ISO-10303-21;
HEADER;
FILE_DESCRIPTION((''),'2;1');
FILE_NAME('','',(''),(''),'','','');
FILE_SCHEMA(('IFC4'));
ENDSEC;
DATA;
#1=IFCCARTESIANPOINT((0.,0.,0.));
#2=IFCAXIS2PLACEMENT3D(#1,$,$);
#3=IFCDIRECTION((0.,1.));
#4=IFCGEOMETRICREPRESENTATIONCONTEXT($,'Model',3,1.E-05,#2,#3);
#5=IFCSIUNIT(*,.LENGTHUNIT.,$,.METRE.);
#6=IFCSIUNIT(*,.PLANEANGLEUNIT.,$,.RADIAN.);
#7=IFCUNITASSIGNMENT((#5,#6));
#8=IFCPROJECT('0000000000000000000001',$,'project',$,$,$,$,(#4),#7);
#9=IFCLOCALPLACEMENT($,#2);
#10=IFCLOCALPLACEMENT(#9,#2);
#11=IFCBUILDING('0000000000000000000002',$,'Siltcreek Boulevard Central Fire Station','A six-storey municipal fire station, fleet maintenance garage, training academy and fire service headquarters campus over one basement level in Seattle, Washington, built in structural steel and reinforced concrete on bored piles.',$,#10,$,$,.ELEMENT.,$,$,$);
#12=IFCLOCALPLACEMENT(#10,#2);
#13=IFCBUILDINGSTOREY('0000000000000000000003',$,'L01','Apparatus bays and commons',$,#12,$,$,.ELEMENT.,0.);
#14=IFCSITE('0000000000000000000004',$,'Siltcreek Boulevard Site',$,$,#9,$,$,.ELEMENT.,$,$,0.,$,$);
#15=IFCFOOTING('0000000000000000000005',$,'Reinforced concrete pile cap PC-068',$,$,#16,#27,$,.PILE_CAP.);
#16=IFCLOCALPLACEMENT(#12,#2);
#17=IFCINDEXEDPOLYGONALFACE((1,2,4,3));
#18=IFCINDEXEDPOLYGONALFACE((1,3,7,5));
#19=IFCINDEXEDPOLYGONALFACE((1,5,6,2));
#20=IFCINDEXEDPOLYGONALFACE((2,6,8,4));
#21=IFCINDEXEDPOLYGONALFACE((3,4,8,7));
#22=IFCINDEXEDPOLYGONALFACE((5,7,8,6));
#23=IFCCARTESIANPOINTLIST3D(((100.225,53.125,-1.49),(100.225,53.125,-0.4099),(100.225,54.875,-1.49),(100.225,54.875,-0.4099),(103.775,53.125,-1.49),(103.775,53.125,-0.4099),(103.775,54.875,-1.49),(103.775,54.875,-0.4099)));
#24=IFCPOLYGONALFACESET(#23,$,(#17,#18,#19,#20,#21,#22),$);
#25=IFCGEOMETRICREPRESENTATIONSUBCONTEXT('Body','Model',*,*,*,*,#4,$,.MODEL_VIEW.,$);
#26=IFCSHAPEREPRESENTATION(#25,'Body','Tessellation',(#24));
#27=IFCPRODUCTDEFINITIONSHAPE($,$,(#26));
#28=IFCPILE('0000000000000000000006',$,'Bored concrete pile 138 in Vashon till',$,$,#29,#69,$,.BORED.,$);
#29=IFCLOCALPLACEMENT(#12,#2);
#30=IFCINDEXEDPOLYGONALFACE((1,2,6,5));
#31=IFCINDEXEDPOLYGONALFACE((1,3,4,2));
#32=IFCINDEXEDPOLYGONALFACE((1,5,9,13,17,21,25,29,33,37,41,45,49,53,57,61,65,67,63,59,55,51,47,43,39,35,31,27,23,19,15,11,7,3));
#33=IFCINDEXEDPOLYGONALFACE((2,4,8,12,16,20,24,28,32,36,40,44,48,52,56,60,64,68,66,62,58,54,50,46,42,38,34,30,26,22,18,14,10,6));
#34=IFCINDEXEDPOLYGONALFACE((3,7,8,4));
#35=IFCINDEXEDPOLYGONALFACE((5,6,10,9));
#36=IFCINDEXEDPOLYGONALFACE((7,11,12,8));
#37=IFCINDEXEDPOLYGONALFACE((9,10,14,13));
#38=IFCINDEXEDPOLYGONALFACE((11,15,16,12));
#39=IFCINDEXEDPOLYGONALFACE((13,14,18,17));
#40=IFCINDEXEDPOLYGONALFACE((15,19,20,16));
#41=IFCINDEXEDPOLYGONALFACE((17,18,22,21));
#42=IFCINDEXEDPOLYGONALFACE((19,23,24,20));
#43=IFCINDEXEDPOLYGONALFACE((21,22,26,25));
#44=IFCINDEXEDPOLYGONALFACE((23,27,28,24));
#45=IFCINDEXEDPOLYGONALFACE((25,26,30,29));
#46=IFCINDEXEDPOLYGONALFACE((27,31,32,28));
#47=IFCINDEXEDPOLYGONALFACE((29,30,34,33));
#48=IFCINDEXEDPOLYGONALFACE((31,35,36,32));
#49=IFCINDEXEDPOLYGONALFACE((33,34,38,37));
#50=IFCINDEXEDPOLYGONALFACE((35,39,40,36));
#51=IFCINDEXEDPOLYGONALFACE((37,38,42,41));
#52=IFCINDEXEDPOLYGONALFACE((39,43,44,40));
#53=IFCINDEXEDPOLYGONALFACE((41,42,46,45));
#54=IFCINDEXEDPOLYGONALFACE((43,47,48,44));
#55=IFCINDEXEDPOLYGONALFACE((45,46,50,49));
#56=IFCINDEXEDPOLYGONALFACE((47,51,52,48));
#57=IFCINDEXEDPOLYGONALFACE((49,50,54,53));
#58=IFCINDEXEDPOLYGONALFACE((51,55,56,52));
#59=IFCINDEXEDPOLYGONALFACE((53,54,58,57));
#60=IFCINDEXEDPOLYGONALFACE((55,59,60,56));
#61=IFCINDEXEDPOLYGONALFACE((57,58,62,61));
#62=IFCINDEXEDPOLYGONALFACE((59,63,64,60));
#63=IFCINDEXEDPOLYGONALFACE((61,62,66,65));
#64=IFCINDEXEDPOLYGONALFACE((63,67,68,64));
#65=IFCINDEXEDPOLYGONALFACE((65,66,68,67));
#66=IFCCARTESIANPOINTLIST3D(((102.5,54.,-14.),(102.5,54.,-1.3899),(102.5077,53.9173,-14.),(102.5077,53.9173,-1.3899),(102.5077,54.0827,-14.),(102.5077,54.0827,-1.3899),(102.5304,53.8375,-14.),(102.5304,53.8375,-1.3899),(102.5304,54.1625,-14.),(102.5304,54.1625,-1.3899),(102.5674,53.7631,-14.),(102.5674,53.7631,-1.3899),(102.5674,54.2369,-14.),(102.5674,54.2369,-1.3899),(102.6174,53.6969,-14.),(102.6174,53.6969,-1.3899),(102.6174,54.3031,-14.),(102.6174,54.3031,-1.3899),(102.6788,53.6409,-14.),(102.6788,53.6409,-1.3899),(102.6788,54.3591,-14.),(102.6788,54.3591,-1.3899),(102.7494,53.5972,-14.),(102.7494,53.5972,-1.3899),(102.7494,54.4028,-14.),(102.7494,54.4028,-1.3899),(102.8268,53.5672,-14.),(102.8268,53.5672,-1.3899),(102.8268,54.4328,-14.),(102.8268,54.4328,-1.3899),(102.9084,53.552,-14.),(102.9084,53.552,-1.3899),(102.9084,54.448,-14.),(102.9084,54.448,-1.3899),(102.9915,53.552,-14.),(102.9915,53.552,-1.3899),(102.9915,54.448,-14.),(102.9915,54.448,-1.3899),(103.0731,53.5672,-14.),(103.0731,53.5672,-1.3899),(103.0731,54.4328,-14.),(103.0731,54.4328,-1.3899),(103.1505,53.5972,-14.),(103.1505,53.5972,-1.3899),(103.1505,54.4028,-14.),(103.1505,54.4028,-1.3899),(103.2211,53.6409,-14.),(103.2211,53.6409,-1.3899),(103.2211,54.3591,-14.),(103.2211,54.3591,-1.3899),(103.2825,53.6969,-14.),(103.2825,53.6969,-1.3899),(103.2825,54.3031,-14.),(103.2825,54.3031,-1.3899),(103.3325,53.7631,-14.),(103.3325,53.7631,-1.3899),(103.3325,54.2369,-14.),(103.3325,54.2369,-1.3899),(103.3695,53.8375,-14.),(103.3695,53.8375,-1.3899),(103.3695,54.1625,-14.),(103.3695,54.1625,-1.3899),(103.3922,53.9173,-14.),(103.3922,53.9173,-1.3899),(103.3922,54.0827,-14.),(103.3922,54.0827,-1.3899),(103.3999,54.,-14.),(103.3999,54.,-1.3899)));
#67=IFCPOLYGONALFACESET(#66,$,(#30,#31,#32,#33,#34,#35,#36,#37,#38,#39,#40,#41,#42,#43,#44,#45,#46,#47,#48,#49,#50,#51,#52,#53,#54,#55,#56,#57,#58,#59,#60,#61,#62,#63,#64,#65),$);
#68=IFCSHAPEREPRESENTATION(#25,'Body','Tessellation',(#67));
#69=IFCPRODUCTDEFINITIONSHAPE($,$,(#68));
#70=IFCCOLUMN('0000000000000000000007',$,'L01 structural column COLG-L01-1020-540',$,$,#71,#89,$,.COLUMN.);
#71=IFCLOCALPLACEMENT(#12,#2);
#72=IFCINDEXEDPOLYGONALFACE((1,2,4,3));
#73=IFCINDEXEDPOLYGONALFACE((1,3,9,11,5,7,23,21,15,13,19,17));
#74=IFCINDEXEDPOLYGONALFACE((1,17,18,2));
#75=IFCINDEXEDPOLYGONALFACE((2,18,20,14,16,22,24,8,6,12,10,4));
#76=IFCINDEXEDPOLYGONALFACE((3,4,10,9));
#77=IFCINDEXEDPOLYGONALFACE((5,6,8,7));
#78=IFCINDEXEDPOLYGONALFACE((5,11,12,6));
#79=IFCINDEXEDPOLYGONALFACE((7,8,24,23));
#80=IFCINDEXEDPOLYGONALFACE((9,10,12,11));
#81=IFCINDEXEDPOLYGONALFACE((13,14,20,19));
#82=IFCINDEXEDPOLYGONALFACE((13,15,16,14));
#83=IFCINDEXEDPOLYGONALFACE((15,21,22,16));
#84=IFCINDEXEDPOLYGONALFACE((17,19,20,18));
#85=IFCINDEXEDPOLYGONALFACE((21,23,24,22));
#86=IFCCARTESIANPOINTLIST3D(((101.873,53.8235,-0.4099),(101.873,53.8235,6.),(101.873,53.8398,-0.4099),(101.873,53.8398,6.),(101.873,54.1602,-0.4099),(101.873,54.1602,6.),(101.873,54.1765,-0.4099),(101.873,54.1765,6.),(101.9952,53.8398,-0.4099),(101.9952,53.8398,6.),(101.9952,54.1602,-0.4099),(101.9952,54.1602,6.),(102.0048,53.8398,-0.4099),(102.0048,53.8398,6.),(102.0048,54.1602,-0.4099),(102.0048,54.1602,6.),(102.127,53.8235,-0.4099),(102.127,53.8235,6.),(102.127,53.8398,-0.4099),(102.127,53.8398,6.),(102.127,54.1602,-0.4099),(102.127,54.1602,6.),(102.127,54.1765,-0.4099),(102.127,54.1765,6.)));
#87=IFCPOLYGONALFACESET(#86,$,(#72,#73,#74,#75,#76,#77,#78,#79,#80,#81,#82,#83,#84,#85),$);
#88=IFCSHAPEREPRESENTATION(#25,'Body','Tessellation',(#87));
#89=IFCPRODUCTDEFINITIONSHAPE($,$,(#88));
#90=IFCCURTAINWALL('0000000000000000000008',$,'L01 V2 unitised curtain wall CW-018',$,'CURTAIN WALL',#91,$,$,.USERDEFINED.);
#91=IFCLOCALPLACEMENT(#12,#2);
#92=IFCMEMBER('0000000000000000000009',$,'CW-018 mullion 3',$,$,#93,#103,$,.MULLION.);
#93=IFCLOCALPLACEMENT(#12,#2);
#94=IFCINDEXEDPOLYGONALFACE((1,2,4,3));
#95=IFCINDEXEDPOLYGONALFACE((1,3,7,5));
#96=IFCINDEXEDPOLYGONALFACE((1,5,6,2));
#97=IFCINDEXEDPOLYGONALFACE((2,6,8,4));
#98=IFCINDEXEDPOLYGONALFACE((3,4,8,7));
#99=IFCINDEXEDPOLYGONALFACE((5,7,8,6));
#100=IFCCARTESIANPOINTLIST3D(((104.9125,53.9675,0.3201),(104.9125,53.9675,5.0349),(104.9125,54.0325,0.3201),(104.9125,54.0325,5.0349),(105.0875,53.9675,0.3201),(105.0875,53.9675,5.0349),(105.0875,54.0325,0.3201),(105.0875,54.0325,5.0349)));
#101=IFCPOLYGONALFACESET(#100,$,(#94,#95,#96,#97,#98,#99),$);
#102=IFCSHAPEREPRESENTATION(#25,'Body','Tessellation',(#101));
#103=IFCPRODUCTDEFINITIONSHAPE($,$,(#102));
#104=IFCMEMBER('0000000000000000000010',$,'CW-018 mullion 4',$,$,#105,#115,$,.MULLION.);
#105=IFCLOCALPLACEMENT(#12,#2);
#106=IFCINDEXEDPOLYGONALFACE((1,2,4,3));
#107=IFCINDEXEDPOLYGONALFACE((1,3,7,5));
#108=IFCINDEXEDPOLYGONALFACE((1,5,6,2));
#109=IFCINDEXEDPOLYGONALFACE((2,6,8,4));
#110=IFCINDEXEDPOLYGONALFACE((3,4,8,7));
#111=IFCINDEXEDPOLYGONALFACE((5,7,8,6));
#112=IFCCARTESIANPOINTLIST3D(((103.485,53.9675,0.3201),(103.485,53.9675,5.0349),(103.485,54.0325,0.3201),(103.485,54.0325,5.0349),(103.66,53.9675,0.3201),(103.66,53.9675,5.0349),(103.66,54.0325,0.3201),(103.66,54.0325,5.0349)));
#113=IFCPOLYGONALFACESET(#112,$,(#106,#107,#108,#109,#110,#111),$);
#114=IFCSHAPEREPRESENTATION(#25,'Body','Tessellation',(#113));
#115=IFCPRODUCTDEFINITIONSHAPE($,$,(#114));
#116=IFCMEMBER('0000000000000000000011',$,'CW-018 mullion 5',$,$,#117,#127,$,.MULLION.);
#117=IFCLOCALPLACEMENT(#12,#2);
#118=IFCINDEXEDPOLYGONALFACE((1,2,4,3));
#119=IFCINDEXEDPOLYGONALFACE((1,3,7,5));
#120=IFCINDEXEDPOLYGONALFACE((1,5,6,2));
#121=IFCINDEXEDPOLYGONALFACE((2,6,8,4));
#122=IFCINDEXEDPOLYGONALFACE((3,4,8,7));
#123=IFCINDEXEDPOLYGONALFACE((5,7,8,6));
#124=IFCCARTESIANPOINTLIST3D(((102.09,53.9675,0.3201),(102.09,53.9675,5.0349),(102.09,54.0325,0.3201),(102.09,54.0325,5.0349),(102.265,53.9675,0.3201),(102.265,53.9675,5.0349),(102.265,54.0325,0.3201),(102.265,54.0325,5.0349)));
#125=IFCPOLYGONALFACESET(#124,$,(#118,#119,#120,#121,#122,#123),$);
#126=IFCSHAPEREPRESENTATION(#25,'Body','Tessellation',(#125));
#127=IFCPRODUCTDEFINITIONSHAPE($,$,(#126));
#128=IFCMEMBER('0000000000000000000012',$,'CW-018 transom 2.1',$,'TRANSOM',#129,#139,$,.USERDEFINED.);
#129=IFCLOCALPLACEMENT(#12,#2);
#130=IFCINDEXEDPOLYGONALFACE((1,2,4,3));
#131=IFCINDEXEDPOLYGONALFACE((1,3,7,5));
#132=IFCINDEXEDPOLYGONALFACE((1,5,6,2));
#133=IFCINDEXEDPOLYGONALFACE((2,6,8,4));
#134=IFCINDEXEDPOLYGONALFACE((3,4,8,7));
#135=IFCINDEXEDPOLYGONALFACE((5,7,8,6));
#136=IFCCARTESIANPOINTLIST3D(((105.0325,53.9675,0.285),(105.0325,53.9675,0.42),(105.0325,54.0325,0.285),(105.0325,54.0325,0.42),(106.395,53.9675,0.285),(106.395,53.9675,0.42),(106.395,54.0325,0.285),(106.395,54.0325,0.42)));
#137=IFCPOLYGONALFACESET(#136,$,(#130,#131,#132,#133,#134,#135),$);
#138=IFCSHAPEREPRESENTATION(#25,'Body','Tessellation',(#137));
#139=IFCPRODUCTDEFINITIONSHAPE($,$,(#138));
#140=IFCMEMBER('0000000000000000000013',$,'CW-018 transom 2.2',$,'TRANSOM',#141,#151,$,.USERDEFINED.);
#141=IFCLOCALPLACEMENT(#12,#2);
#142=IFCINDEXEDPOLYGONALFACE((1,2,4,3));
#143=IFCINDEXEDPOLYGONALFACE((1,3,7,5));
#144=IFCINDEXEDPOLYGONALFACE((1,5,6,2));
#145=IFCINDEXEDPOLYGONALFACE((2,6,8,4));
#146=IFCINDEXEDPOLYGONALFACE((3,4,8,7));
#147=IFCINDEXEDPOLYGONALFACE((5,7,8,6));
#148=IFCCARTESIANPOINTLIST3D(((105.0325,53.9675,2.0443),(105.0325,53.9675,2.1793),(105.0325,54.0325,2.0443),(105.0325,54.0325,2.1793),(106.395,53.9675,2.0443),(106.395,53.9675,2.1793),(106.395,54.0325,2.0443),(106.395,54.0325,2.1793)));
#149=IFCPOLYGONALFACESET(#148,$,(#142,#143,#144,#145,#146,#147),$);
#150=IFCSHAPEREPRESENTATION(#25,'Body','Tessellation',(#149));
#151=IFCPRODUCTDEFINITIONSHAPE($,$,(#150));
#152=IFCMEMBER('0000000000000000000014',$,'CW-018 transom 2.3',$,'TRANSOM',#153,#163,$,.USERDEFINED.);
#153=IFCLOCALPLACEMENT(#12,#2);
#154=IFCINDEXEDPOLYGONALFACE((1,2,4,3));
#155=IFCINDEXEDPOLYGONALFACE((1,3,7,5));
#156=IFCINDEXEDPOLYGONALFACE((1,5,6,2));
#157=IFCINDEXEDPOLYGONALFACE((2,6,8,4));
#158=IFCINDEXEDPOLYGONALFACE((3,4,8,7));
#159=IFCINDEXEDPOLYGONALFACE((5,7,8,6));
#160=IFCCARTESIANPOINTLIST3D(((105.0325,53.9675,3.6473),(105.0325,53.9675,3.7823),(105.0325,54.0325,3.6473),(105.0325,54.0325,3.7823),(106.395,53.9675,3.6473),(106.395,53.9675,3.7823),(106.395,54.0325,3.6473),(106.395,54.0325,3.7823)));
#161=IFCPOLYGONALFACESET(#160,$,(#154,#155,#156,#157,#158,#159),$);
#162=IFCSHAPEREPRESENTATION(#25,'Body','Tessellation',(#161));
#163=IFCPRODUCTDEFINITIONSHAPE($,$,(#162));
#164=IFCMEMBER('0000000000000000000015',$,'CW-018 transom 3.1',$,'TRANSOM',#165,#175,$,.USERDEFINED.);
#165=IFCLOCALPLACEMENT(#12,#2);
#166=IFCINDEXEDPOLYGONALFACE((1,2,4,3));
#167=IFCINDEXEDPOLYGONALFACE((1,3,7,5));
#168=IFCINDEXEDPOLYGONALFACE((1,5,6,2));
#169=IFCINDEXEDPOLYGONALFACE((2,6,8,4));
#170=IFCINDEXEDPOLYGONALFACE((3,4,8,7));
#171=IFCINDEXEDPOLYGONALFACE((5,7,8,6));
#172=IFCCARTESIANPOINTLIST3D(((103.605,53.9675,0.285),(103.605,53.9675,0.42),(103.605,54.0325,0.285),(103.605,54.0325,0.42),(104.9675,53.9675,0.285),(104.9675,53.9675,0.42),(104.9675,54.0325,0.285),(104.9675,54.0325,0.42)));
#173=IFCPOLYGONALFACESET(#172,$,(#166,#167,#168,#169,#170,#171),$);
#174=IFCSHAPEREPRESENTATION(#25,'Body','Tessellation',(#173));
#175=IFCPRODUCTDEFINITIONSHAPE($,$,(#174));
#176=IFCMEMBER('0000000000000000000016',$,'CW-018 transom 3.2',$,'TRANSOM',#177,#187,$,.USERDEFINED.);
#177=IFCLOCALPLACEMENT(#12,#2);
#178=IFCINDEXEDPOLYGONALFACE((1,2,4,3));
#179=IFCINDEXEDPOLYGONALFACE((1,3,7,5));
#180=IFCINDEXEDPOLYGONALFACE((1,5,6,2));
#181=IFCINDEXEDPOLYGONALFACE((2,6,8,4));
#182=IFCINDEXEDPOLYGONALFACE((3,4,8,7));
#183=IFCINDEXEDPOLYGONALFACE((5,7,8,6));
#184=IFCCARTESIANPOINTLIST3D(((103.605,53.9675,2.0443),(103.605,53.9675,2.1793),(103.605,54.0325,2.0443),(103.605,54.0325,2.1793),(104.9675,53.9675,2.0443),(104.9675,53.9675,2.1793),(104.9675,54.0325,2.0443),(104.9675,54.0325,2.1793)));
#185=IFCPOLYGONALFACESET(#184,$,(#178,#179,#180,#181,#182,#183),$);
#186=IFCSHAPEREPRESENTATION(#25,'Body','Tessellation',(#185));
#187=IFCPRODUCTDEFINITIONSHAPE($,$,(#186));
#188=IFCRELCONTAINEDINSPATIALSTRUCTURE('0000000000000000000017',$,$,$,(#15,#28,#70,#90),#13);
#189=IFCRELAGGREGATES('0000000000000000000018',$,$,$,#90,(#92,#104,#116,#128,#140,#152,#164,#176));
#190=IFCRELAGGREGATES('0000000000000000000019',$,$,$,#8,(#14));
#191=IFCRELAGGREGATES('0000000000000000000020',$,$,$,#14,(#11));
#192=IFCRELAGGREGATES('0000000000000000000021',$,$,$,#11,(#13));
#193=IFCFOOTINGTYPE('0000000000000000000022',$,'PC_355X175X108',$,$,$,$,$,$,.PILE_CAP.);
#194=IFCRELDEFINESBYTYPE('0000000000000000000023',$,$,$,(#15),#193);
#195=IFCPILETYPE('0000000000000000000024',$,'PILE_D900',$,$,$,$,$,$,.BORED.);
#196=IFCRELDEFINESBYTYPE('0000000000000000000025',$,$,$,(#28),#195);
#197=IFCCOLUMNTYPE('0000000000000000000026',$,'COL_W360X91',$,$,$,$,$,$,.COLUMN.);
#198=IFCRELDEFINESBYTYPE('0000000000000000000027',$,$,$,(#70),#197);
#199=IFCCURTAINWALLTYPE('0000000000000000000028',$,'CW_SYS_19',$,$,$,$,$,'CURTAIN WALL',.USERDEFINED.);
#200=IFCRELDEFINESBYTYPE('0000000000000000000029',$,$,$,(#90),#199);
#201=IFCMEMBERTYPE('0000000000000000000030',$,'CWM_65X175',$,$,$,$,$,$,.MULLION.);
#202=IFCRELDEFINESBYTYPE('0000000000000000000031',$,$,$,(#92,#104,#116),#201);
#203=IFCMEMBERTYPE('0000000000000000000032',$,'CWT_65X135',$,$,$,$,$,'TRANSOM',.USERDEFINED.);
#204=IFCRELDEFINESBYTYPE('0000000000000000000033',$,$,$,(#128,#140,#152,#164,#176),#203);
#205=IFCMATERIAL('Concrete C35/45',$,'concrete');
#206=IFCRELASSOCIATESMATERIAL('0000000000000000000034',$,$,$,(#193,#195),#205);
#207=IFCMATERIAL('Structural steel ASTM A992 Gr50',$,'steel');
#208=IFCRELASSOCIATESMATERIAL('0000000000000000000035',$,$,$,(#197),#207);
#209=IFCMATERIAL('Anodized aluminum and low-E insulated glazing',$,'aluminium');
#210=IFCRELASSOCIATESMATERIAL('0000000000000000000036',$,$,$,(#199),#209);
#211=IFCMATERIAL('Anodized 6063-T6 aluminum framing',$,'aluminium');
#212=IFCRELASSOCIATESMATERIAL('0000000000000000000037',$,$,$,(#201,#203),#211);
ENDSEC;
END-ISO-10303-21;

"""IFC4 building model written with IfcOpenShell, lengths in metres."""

from ifc_helpers import new_model, si_unit, direction, frame, origin, origin_2d, place, context, subcontext, project, spatial, rectangle, circle, i_section, extrude, material, material_profile, profile_set, type_object, element, aggregate, save


model = new_model("IFC4")

# Units and contexts
model_context = context("Model", 3, precision=1e-05, world=origin(), true_north=direction((0.0, 1.0)))
body_context = subcontext(model_context, "Body", "Model", "MODEL_VIEW")
ifc_project = project(units=[si_unit("LENGTHUNIT", "METRE"), si_unit("PLANEANGLEUNIT", "RADIAN")], contexts=[model_context])

# Site, building, storey
site_placement = place(None, origin())
site = spatial("IfcSite", under=ifc_project, at=site_placement, Name="Siltcreek Boulevard Site", CompositionType="ELEMENT", RefElevation=0.0)
building_placement = place(site_placement, origin())
building = spatial("IfcBuilding", under=site, at=building_placement, Name="Siltcreek Boulevard Central Fire Station", Description="A six-storey municipal fire station, fleet maintenance garage, training academy and fire service headquarters campus over one basement level in Seattle, Washington, built in structural steel and reinforced concrete on bored piles.", CompositionType="ELEMENT")
storey_placement = place(building_placement, origin())
storey = spatial("IfcBuildingStorey", under=building, at=storey_placement, Name="L01", Description="Apparatus bays and commons", CompositionType="ELEMENT", Elevation=0.0)

# Footing
ifc_material_1 = material(Name="Concrete C35/45", Category="concrete")
footing_type = type_object("IfcFootingType", Name="PC_355X175X108", PredefinedType="PILE_CAP", material=ifc_material_1)
footing_placement = place(storey_placement, frame((102.0, 54.0, -1.49), z_axis=(0.0, 0.0, 1.0), x_axis=(1.0, 0.0, 0.0)))
element("IfcFooting", 1, at=footing_placement, inside=storey, type_object=footing_type, Name="Reinforced concrete pile cap PC-068", PredefinedType="PILE_CAP", context=body_context, shape_type="SweptSolid", body=[
    extrude(rectangle(XDim=3.55, YDim=1.75, at=origin_2d()), origin(), (0.0, 0.0, 1.0), 1.0801),
])

# Pile
ifc_material_profile_1 = material_profile(ifc_material_1, circle(Radius=0.45, at=origin_2d()), Name="SHAFT900")
ifc_profile_set_1 = profile_set([ifc_material_profile_1], Name="Concrete C35/45")
pile_type = type_object("IfcPileType", Name="PILE_D900", PredefinedType="BORED", material=ifc_profile_set_1)
pile_placement = place(storey_placement, frame((102.95, 54.0, -1.3899), z_axis=(0.0, 0.0, -1.0), x_axis=(1.0, 0.0, 0.0)))
element("IfcPile", 2, at=pile_placement, inside=storey, type_object=pile_type, Name="Bored concrete pile 138 in Vashon till", PredefinedType="BORED", context=body_context, shape_type="SweptSolid", body=[
    extrude(circle(Radius=0.45, at=origin_2d()), origin(), (0.0, 0.0, 1.0), 12.6101),
])

# Column
ifc_material_2 = material(Name="Structural steel ASTM A992 Gr50", Category="steel")
ifc_material_profile_2 = material_profile(ifc_material_2, i_section(OverallWidth=0.2539, OverallDepth=0.353, WebThickness=0.0095, FlangeThickness=0.0164, at=origin_2d()), Name="W360X91")
ifc_profile_set_2 = profile_set([ifc_material_profile_2], Name="Structural steel ASTM A992 Gr50")
column_type = type_object("IfcColumnType", Name="COL_W360X91", PredefinedType="COLUMN", material=ifc_profile_set_2)
column_placement = place(storey_placement, frame((102.0, 54.0, -0.4099), z_axis=(0.0, 0.0, 1.0), x_axis=(1.0, 0.0, 0.0)))
element("IfcColumn", 3, at=column_placement, inside=storey, type_object=column_type, Name="L01 structural column COLG-L01-1020-540", PredefinedType="COLUMN", context=body_context, shape_type="SweptSolid", body=[
    extrude(i_section(OverallWidth=0.2539, OverallDepth=0.353, WebThickness=0.0095, FlangeThickness=0.0164, at=origin_2d()), origin(), (0.0, 0.0, 1.0), 6.4099),
])

# Curtain wall, members
ifc_material_3 = material(Name="Anodized aluminum and low-E insulated glazing", Category="aluminium")
curtain_wall_type = type_object("IfcCurtainWallType", Name="CW_SYS_19", ElementType="CURTAIN WALL", PredefinedType="USERDEFINED", material=ifc_material_3)
curtain_wall_placement = place(storey_placement, origin())
curtain_wall = element("IfcCurtainWall", 4, at=curtain_wall_placement, inside=storey, type_object=curtain_wall_type, Name="L01 V2 unitised curtain wall CW-018", ObjectType="CURTAIN WALL", PredefinedType="USERDEFINED")
ifc_material_4 = material(Name="Anodized 6063-T6 aluminum framing", Category="aluminium")
ifc_material_profile_3 = material_profile(ifc_material_4, rectangle(XDim=0.0649, YDim=0.175, at=origin_2d()), Name="MULL65X175")
ifc_profile_set_3 = profile_set([ifc_material_profile_3], Name="Anodized 6063-T6 aluminum framing")
member_type_1 = type_object("IfcMemberType", Name="CWM_65X175", PredefinedType="MULLION", material=ifc_profile_set_3)
member_1_placement = place(storey_placement, frame((105.0, 54.0, 0.3201), z_axis=(0.0, 0.0, 1.0), x_axis=(0.0, -1.0, 0.0)))
member_1 = element("IfcMember", 5, at=member_1_placement, type_object=member_type_1, Name="CW-018 mullion 3", PredefinedType="MULLION", context=body_context, shape_type="SweptSolid", body=[
    extrude(rectangle(XDim=0.0649, YDim=0.175, at=origin_2d()), origin(), (0.0, 0.0, 1.0), 4.7148),
])
member_2_placement = place(storey_placement, frame((103.5725, 54.0, 0.3201), z_axis=(0.0, 0.0, 1.0), x_axis=(0.0, -1.0, 0.0)))
member_2 = element("IfcMember", 6, at=member_2_placement, type_object=member_type_1, Name="CW-018 mullion 4", PredefinedType="MULLION", context=body_context, shape_type="SweptSolid", body=[
    extrude(rectangle(XDim=0.0649, YDim=0.175, at=origin_2d()), origin(), (0.0, 0.0, 1.0), 4.7148),
])
member_3_placement = place(storey_placement, frame((102.1775, 54.0, 0.3201), z_axis=(0.0, 0.0, 1.0), x_axis=(0.0, -1.0, 0.0)))
member_3 = element("IfcMember", 7, at=member_3_placement, type_object=member_type_1, Name="CW-018 mullion 5", PredefinedType="MULLION", context=body_context, shape_type="SweptSolid", body=[
    extrude(rectangle(XDim=0.0649, YDim=0.175, at=origin_2d()), origin(), (0.0, 0.0, 1.0), 4.7148),
])
ifc_material_profile_4 = material_profile(ifc_material_4, rectangle(XDim=0.0649, YDim=0.135, at=origin_2d()), Name="TRAN65X135")
ifc_profile_set_4 = profile_set([ifc_material_profile_4], Name="Anodized 6063-T6 aluminum framing")
member_type_2 = type_object("IfcMemberType", Name="CWT_65X135", ElementType="TRANSOM", PredefinedType="USERDEFINED", material=ifc_profile_set_4)
member_4_placement = place(storey_placement, frame((106.395, 54.0, 0.3525), z_axis=(-1.0, 0.0, 0.0), x_axis=(0.0, -1.0, 0.0)))
member_4 = element("IfcMember", 8, at=member_4_placement, type_object=member_type_2, Name="CW-018 transom 2.1", ObjectType="TRANSOM", PredefinedType="USERDEFINED", context=body_context, shape_type="SweptSolid", body=[
    extrude(rectangle(XDim=0.0649, YDim=0.135, at=origin_2d()), origin(), (0.0, 0.0, 1.0), 1.3625),
])
member_5_placement = place(storey_placement, frame((106.395, 54.0, 2.1118), z_axis=(-1.0, 0.0, 0.0), x_axis=(0.0, -1.0, 0.0)))
member_5 = element("IfcMember", 9, at=member_5_placement, type_object=member_type_2, Name="CW-018 transom 2.2", ObjectType="TRANSOM", PredefinedType="USERDEFINED", context=body_context, shape_type="SweptSolid", body=[
    extrude(rectangle(XDim=0.0649, YDim=0.135, at=origin_2d()), origin(), (0.0, 0.0, 1.0), 1.3625),
])
member_6_placement = place(storey_placement, frame((106.395, 54.0, 3.7148), z_axis=(-1.0, 0.0, 0.0), x_axis=(0.0, -1.0, 0.0)))
member_6 = element("IfcMember", 10, at=member_6_placement, type_object=member_type_2, Name="CW-018 transom 2.3", ObjectType="TRANSOM", PredefinedType="USERDEFINED", context=body_context, shape_type="SweptSolid", body=[
    extrude(rectangle(XDim=0.0649, YDim=0.135, at=origin_2d()), origin(), (0.0, 0.0, 1.0), 1.3625),
])
member_7_placement = place(storey_placement, frame((104.9675, 54.0, 0.3525), z_axis=(-1.0, 0.0, 0.0), x_axis=(0.0, -1.0, 0.0)))
member_7 = element("IfcMember", 11, at=member_7_placement, type_object=member_type_2, Name="CW-018 transom 3.1", ObjectType="TRANSOM", PredefinedType="USERDEFINED", context=body_context, shape_type="SweptSolid", body=[
    extrude(rectangle(XDim=0.0649, YDim=0.135, at=origin_2d()), origin(), (0.0, 0.0, 1.0), 1.3625),
])
member_8_placement = place(storey_placement, frame((104.9675, 54.0, 2.1118), z_axis=(-1.0, 0.0, 0.0), x_axis=(0.0, -1.0, 0.0)))
member_8 = element("IfcMember", 12, at=member_8_placement, type_object=member_type_2, Name="CW-018 transom 3.2", ObjectType="TRANSOM", PredefinedType="USERDEFINED", context=body_context, shape_type="SweptSolid", body=[
    extrude(rectangle(XDim=0.0649, YDim=0.135, at=origin_2d()), origin(), (0.0, 0.0, 1.0), 1.3625),
])

aggregate(curtain_wall, [member_1, member_2, member_3, member_4, member_5, member_6, member_7, member_8])

save(model, "model.ifc")
